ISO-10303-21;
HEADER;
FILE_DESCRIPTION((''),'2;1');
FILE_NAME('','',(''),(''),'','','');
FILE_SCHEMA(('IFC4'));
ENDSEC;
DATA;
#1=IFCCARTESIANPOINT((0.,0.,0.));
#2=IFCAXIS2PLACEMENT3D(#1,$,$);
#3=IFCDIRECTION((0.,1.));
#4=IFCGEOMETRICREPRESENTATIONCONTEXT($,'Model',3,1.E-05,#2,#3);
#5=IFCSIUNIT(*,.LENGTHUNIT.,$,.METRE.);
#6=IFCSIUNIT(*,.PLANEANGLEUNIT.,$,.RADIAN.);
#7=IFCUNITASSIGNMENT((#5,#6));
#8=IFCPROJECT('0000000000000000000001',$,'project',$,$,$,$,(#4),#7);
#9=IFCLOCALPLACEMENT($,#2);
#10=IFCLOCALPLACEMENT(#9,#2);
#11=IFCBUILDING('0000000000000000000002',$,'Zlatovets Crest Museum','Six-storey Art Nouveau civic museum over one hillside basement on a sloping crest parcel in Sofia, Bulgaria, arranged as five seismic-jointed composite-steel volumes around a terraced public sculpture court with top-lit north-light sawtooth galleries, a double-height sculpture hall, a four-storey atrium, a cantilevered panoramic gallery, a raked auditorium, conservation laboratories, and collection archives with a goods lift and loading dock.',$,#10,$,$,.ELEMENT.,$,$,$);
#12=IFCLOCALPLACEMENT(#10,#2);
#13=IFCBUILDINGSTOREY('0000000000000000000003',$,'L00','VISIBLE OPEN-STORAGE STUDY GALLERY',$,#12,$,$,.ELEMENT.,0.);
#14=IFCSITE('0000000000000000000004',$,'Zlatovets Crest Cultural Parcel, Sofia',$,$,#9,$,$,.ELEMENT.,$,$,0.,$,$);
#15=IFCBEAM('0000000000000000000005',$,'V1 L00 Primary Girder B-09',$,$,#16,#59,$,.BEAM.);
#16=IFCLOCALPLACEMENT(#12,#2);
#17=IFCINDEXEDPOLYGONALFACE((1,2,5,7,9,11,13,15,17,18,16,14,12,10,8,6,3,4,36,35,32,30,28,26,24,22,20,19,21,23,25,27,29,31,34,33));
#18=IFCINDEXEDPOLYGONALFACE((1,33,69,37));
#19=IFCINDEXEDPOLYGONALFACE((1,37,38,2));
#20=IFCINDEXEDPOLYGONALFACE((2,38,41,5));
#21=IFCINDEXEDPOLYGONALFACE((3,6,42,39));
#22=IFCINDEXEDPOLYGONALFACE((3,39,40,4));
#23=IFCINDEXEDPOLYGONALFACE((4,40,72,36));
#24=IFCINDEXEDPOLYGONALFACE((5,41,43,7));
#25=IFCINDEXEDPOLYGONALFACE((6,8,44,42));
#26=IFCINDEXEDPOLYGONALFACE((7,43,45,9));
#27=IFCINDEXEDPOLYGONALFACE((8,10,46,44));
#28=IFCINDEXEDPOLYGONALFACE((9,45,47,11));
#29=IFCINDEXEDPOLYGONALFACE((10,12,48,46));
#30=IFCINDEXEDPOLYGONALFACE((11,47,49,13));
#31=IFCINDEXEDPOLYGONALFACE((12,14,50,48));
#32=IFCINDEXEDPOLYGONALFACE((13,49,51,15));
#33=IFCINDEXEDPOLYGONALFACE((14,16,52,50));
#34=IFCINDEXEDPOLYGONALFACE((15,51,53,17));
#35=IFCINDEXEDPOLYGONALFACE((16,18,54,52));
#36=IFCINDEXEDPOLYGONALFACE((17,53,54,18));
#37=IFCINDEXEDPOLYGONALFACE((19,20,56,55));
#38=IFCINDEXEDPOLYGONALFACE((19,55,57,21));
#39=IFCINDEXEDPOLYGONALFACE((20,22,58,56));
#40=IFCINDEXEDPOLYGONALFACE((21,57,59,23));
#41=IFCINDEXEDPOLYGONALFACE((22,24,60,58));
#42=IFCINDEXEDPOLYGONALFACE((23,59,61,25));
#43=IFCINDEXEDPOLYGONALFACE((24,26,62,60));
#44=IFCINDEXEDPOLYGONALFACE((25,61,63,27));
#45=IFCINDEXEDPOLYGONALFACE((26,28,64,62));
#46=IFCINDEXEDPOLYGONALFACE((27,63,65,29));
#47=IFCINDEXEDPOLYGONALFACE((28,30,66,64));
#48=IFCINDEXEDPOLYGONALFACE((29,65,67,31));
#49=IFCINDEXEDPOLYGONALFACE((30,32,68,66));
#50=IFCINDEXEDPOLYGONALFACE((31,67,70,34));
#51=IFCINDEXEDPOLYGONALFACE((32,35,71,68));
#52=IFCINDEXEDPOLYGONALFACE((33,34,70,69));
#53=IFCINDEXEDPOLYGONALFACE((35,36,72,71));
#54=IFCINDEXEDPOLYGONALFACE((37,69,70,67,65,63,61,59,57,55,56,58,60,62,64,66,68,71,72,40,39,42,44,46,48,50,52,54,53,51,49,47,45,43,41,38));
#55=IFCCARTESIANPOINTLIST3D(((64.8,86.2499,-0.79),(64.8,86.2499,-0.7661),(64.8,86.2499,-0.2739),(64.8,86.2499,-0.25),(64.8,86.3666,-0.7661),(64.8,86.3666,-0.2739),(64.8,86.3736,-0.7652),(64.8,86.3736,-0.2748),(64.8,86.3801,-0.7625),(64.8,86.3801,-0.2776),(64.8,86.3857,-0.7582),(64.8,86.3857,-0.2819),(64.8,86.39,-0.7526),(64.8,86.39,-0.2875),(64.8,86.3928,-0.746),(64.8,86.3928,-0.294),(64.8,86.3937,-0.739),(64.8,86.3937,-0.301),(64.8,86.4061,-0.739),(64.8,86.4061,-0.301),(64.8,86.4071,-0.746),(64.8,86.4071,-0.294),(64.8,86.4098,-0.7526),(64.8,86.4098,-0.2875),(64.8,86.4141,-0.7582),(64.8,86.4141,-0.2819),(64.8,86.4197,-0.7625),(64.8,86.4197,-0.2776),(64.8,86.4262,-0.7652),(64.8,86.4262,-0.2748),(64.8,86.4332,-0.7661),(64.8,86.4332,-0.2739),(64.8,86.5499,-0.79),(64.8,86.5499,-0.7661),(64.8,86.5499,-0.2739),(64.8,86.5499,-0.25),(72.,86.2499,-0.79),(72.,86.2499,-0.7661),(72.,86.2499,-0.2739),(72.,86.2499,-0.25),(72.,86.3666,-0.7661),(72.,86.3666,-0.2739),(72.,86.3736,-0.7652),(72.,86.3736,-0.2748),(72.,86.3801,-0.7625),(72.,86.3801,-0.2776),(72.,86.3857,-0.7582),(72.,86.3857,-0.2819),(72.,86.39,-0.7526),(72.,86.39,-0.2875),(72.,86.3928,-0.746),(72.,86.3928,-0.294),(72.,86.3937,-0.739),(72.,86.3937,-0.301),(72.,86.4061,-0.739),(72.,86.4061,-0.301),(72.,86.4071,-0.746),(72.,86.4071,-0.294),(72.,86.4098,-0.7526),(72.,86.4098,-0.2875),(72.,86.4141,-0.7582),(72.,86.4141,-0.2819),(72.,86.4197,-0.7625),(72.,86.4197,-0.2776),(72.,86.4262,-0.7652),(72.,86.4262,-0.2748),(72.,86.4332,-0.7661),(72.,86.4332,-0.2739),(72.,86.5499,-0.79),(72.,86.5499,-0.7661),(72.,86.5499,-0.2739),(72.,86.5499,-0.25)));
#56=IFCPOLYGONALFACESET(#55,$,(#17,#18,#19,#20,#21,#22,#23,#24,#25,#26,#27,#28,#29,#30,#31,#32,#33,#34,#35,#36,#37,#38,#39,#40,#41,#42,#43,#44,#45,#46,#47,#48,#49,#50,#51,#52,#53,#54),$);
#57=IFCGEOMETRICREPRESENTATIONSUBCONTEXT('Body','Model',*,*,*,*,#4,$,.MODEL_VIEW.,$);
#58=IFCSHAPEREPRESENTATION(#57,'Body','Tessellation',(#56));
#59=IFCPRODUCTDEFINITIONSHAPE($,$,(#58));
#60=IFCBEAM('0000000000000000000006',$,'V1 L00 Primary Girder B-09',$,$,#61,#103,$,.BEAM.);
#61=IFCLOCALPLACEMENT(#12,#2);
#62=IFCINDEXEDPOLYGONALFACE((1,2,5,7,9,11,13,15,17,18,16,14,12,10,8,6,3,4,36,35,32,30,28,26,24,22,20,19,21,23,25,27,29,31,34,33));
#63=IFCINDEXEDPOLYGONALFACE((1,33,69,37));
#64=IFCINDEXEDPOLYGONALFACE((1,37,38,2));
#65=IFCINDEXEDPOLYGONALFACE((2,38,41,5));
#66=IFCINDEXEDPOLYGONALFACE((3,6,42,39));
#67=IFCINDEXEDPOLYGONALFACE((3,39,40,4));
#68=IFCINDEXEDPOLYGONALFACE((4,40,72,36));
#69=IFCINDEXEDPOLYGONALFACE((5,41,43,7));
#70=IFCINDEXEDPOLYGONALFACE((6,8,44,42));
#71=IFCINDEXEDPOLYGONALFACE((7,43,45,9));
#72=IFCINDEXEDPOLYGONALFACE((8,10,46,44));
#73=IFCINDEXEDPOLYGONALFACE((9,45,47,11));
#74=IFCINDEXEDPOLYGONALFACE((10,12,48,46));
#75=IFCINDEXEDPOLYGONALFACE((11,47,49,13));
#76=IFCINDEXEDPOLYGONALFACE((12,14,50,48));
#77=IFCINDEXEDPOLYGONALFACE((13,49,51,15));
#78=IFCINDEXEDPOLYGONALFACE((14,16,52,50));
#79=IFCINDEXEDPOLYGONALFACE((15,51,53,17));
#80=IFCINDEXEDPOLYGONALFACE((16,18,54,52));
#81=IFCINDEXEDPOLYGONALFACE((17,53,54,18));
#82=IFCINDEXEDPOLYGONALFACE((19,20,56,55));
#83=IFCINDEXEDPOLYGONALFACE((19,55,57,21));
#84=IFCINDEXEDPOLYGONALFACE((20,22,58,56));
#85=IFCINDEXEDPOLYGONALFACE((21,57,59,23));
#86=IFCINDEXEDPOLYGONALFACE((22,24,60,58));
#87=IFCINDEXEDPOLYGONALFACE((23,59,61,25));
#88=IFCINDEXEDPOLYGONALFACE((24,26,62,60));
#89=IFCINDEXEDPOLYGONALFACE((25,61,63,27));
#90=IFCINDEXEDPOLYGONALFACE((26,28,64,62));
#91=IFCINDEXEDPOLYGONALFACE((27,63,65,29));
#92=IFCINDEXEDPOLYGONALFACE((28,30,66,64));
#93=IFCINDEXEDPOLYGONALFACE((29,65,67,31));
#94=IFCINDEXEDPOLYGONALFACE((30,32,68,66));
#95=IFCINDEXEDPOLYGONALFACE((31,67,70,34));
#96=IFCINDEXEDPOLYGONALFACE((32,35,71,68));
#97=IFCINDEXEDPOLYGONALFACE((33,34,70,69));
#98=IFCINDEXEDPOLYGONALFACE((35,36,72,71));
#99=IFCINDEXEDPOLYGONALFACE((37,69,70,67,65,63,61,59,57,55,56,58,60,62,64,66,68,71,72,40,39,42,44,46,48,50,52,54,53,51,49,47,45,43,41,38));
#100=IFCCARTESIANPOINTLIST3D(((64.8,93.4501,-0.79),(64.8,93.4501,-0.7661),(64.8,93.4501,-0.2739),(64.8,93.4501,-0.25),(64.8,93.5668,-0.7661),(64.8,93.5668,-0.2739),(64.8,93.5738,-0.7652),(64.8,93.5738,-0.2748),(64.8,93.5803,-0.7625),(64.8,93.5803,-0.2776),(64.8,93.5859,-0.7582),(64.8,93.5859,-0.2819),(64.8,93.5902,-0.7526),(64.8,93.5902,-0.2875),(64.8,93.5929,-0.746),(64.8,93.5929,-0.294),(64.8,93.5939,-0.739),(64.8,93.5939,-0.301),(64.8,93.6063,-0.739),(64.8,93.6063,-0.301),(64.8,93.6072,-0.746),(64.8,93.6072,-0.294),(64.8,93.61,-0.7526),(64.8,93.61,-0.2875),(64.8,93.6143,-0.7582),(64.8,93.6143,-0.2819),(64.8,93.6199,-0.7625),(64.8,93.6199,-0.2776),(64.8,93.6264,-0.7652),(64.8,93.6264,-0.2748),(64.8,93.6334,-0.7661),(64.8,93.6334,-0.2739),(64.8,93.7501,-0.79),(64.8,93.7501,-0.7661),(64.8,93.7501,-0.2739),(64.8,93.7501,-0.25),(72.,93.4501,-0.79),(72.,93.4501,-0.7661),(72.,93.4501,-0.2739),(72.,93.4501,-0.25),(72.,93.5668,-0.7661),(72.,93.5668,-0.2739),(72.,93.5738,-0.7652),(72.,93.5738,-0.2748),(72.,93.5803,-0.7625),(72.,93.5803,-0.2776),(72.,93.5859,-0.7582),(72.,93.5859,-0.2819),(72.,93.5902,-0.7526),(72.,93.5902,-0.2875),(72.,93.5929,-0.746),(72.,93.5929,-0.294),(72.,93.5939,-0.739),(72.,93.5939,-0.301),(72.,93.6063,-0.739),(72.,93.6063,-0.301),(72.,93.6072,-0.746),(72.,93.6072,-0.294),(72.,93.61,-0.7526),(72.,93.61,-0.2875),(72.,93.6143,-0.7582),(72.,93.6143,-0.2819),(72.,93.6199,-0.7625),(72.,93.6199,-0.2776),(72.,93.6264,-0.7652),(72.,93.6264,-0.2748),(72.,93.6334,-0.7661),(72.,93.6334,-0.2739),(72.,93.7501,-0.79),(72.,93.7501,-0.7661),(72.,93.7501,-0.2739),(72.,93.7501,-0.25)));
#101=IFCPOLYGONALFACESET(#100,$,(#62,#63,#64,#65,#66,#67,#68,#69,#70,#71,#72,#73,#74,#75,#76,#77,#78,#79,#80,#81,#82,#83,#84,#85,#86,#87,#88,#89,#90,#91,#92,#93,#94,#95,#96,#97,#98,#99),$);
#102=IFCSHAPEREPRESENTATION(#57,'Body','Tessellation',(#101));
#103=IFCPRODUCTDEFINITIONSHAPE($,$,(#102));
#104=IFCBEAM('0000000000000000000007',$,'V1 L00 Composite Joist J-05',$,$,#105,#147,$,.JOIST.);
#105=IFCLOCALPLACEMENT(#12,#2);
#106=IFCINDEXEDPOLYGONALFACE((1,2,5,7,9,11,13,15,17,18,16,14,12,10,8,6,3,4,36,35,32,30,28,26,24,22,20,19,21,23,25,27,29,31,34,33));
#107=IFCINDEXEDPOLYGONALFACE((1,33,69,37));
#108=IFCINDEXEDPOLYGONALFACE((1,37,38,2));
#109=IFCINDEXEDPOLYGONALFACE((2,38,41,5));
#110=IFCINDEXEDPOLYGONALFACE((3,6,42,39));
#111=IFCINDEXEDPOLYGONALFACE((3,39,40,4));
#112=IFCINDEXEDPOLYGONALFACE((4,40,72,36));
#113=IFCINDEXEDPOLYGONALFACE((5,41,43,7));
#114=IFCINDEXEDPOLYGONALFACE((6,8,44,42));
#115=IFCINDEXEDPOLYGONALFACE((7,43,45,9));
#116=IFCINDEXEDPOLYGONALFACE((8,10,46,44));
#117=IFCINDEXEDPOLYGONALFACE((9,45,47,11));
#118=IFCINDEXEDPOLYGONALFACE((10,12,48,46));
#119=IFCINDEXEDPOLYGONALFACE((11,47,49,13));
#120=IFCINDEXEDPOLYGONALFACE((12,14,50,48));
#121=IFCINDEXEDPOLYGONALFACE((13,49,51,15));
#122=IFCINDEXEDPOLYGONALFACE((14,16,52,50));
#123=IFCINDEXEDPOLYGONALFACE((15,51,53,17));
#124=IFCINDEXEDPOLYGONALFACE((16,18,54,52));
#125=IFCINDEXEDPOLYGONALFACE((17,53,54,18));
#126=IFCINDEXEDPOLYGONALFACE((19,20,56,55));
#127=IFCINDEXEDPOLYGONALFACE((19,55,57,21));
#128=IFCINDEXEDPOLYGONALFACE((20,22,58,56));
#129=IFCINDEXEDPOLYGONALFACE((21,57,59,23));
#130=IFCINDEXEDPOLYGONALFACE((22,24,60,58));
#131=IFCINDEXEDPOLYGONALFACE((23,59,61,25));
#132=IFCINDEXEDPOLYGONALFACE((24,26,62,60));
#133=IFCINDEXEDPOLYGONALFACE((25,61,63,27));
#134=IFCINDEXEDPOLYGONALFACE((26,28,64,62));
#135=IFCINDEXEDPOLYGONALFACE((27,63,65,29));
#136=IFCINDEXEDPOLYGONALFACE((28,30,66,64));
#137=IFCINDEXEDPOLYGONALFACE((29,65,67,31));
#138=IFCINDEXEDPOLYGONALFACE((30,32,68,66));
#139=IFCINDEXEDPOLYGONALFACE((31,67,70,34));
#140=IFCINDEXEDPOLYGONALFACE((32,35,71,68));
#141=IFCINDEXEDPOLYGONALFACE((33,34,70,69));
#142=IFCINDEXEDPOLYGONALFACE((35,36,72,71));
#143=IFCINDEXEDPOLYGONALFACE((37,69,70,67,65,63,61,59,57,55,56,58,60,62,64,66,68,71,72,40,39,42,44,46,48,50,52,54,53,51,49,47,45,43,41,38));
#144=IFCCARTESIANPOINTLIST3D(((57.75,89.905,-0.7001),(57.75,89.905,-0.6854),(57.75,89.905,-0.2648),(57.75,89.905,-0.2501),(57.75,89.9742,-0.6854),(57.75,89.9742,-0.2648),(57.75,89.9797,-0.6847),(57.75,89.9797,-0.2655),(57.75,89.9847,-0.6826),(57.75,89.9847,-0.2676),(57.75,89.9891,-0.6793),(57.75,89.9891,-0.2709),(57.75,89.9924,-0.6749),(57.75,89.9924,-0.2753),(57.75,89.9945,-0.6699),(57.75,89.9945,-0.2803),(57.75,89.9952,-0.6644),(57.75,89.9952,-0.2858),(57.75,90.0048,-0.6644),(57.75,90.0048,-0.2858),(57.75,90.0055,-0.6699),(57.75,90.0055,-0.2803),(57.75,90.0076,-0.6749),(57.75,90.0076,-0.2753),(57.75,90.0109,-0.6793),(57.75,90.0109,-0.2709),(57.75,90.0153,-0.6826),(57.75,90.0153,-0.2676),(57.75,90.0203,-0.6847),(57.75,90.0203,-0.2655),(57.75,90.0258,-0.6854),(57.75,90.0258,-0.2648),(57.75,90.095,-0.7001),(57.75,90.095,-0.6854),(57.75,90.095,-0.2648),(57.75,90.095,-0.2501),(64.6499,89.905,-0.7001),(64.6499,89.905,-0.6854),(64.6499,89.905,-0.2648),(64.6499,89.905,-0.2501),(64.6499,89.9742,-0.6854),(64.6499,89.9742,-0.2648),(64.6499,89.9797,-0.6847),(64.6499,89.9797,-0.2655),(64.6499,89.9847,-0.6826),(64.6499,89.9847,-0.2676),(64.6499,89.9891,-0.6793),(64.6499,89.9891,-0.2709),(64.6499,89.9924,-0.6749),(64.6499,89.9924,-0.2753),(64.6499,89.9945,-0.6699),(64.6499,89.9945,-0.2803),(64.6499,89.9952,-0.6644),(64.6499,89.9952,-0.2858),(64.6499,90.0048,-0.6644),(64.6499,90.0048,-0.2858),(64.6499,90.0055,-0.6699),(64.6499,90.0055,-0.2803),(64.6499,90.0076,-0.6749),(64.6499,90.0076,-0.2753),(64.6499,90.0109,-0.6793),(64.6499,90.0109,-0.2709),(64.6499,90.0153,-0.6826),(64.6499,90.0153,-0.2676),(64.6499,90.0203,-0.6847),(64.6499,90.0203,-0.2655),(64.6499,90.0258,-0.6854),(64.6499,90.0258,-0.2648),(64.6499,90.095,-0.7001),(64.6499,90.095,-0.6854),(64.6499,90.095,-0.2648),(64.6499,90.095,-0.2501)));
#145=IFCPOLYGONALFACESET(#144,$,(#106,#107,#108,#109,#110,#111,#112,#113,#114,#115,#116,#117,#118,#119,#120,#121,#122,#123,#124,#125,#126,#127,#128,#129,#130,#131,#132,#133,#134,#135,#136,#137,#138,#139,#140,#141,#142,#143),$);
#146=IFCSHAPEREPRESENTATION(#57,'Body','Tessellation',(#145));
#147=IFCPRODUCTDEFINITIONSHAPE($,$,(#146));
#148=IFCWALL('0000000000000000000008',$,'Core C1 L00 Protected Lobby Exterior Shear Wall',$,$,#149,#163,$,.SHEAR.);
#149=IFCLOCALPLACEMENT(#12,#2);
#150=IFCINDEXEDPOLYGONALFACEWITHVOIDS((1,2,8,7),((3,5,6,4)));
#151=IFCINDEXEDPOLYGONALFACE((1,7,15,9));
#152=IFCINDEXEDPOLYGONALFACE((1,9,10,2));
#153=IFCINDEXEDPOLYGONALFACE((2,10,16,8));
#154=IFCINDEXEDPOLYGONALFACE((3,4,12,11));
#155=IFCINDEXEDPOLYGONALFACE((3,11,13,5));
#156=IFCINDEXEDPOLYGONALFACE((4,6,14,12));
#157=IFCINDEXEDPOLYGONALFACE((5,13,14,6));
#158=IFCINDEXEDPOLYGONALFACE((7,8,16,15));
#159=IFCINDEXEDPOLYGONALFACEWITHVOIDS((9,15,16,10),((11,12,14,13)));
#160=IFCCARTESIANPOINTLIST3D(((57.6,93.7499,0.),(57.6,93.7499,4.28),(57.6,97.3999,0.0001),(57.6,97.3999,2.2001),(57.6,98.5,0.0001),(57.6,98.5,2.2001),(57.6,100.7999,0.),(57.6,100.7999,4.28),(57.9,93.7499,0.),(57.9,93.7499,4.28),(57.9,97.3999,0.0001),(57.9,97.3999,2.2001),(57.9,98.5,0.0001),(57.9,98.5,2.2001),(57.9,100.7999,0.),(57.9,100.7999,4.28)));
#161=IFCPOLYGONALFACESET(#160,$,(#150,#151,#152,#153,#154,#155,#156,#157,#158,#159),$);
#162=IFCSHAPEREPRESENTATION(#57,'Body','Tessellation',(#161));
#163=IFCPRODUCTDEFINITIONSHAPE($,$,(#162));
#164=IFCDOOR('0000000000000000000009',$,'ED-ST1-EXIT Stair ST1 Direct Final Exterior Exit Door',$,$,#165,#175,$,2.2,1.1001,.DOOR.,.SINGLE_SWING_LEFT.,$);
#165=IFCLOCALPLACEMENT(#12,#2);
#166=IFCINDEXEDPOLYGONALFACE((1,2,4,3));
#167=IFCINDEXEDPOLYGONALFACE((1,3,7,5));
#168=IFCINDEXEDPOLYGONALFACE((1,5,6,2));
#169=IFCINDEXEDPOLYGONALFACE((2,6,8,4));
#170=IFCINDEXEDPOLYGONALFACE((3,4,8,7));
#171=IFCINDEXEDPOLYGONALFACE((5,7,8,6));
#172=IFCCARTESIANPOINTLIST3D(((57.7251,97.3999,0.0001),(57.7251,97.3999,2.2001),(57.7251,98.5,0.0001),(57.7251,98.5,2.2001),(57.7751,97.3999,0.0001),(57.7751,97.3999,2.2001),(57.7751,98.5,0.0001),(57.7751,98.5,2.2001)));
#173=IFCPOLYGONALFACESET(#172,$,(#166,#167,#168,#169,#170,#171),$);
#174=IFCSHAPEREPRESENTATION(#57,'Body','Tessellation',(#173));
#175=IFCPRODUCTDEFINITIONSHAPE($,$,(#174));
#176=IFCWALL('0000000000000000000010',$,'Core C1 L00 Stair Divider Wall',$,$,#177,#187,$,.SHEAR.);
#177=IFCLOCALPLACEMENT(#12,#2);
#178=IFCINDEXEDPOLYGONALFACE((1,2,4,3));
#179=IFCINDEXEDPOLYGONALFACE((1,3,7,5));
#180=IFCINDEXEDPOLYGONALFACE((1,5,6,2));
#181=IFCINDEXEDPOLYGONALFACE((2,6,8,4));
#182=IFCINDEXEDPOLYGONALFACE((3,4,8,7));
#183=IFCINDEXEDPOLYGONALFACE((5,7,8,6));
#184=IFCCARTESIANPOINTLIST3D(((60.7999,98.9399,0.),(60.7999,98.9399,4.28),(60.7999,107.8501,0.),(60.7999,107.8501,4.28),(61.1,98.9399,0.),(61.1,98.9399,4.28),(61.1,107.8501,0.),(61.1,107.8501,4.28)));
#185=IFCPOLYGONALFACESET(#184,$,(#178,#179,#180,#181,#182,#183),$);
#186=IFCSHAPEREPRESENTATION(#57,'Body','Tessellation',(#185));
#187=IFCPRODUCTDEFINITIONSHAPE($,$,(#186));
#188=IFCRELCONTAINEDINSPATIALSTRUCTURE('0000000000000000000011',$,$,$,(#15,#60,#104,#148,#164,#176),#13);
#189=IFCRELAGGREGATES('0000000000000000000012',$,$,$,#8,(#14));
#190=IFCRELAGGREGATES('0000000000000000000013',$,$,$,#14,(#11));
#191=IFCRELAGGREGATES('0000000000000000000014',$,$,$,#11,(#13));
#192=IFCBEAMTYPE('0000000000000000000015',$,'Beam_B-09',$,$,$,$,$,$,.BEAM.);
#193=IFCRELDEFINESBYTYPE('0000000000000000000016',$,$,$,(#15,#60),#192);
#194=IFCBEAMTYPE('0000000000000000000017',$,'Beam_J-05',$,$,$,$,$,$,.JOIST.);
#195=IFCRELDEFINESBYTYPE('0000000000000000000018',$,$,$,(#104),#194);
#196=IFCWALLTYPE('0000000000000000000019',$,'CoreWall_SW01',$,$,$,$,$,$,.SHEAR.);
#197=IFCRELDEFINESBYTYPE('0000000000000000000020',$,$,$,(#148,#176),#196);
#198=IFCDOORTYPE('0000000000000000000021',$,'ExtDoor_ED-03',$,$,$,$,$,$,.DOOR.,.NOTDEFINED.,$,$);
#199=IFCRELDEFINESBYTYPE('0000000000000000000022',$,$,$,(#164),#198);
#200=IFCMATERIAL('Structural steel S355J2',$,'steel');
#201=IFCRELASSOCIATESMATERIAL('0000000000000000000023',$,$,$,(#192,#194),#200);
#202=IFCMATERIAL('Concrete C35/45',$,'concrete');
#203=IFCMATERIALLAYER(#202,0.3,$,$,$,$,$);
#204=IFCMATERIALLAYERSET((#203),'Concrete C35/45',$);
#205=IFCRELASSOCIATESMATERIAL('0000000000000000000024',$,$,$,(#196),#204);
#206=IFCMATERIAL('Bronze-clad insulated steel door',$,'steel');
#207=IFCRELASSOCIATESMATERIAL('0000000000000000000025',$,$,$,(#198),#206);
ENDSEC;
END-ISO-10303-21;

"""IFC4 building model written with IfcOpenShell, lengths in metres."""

from ifc_helpers import new_model, si_unit, direction, frame, frame_2d, origin, origin_2d, place, context, subcontext, project, spatial, rectangle, i_section, extrude, material, layer, layer_set, material_profile, profile_set, type_object, element, fill, save


model = new_model("IFC4")

# Units and contexts
model_context = context("Model", 3, precision=1e-05, world=origin(), true_north=direction((0.0, 1.0)))
body_context = subcontext(model_context, "Body", "Model", "MODEL_VIEW")
ifc_project = project(units=[si_unit("LENGTHUNIT", "METRE"), si_unit("PLANEANGLEUNIT", "RADIAN")], contexts=[model_context])

# Site, building, storey
site_placement = place(None, origin())
site = spatial("IfcSite", under=ifc_project, at=site_placement, Name="Zlatovets Crest Cultural Parcel, Sofia", CompositionType="ELEMENT", RefElevation=0.0)
building_placement = place(site_placement, origin())
building = spatial("IfcBuilding", under=site, at=building_placement, Name="Zlatovets Crest Museum", Description="Six-storey Art Nouveau civic museum over one hillside basement on a sloping crest parcel in Sofia, Bulgaria, arranged as five seismic-jointed composite-steel volumes around a terraced public sculpture court with top-lit north-light sawtooth galleries, a double-height sculpture hall, a four-storey atrium, a cantilevered panoramic gallery, a raked auditorium, conservation laboratories, and collection archives with a goods lift and loading dock.", CompositionType="ELEMENT")
storey_placement = place(building_placement, origin())
storey = spatial("IfcBuildingStorey", under=building, at=storey_placement, Name="L00", Description="VISIBLE OPEN-STORAGE STUDY GALLERY", CompositionType="ELEMENT", Elevation=0.0)

# Shared definitions
ifc_material_1 = material(Name="Structural steel S355J2", Category="steel")

# Beams
ifc_material_profile_1 = material_profile(ifc_material_1, i_section(OverallWidth=0.3, OverallDepth=0.54, WebThickness=0.0125, FlangeThickness=0.0239, FilletRadius=0.0271, at=origin_2d()), Name="HEA 550")
ifc_profile_set_1 = profile_set([ifc_material_profile_1], Name="Structural steel S355J2")
beam_type_1 = type_object("IfcBeamType", Name="Beam_B-09", PredefinedType="BEAM", material=ifc_profile_set_1)
for number, where, z_axis, x_axis, name in (
    (1, (64.8, 86.3999, -0.52), (1.0, 0.0, 0.0), (0.0, 1.0, 0.0), "V1 L00 Primary Girder B-09"),
    (2, (64.8, 93.6001, -0.52), (1.0, 0.0, 0.0), (0.0, 1.0, 0.0), "V1 L00 Primary Girder B-09"),
):
    element("IfcBeam", number, at=place(storey_placement, frame(where, z_axis=z_axis, x_axis=x_axis)), inside=storey, type_object=beam_type_1, Name=name, PredefinedType="BEAM", context=body_context, shape_type="SweptSolid", body=[
        extrude(i_section(OverallWidth=0.3, OverallDepth=0.54, WebThickness=0.0125, FlangeThickness=0.0239, FilletRadius=0.0271, at=origin_2d()), origin(), (0.0, 0.0, 1.0), 7.2),
    ])
ifc_material_profile_2 = material_profile(ifc_material_1, i_section(OverallWidth=0.1899, OverallDepth=0.45, WebThickness=0.0095, FlangeThickness=0.0146, FilletRadius=0.021, at=origin_2d()), Name="IPE 450")
ifc_profile_set_2 = profile_set([ifc_material_profile_2], Name="Structural steel S355J2")
beam_type_2 = type_object("IfcBeamType", Name="Beam_J-05", PredefinedType="JOIST", material=ifc_profile_set_2)
beam_1_placement = place(storey_placement, frame((57.75, 90.0, -0.4751), z_axis=(1.0, 0.0, 0.0), x_axis=(0.0, 1.0, 0.0)))
element("IfcBeam", 3, at=beam_1_placement, inside=storey, type_object=beam_type_2, Name="V1 L00 Composite Joist J-05", PredefinedType="JOIST", context=body_context, shape_type="SweptSolid", body=[
    extrude(i_section(OverallWidth=0.1899, OverallDepth=0.45, WebThickness=0.0095, FlangeThickness=0.0146, FilletRadius=0.021, at=origin_2d()), origin(), (0.0, 0.0, 1.0), 6.8999),
])

# Wall, opening, door
ifc_material_2 = material(Name="Concrete C35/45", Category="concrete")
ifc_layer_1 = layer(ifc_material_2, 0.3)
ifc_layer_set_1 = layer_set([ifc_layer_1], Name="Concrete C35/45")
wall_type_1 = type_object("IfcWallType", Name="CoreWall_SW01", PredefinedType="SHEAR", material=ifc_layer_set_1)
wall_1_placement = place(storey_placement, frame((57.75, 93.75, 0.0), z_axis=(0.0, 0.0, 1.0), x_axis=(0.0, 1.0, 0.0)))
wall_1 = element("IfcWall", 4, at=wall_1_placement, inside=storey, type_object=wall_type_1, Name="Core C1 L00 Protected Lobby Exterior Shear Wall", PredefinedType="SHEAR", context=body_context, shape_type="SweptSolid", body=[
    extrude(rectangle(XDim=7.05, YDim=0.3, at=frame_2d((3.5249, 0.0))), origin(), (0.0, 0.0, 1.0), 4.28),
])
opening_1_placement = place(wall_1_placement, frame((3.6499, 0.0, 0.0)))
opening_1 = element("IfcOpeningElement", 5, at=opening_1_placement, cuts=wall_1, PredefinedType="OPENING", context=body_context, shape_type="SweptSolid", body=[
    extrude(rectangle(XDim=1.1001, YDim=2.2, at=frame_2d((0.55, 1.1001))), frame((0.0, 0.1602, 0.0), z_axis=(0.0, -1.0, 0.0), x_axis=(1.0, 0.0, 0.0)), (0.0, 0.0, 1.0), 0.3201),
])
ifc_material_3 = material(Name="Bronze-clad insulated steel door", Category="steel")
door_type_1 = type_object("IfcDoorType", Name="ExtDoor_ED-03", OperationType="NOTDEFINED", PredefinedType="DOOR", material=ifc_material_3)
door_1_placement = place(opening_1_placement, origin())
door_1 = element("IfcDoor", 6, at=door_1_placement, inside=storey, type_object=door_type_1, Name="ED-ST1-EXIT Stair ST1 Direct Final Exterior Exit Door", OperationType="SINGLE_SWING_LEFT", OverallHeight=2.2, OverallWidth=1.1001, PredefinedType="DOOR", context=body_context, shape_type="SweptSolid", body=[
    extrude(rectangle(XDim=1.1001, YDim=2.2, at=frame_2d((0.55, 1.1001))), frame((0.0, 0.0249, 0.0), z_axis=(0.0, -1.0, 0.0), x_axis=(1.0, 0.0, 0.0)), (0.0, 0.0, 1.0), 0.05),
])
fill(opening_1, door_1)

# Wall
wall_2_placement = place(storey_placement, frame((60.95, 98.9399, 0.0), z_axis=(0.0, 0.0, 1.0), x_axis=(0.0, 1.0, 0.0)))
element("IfcWall", 7, at=wall_2_placement, inside=storey, type_object=wall_type_1, Name="Core C1 L00 Stair Divider Wall", PredefinedType="SHEAR", context=body_context, shape_type="SweptSolid", body=[
    extrude(rectangle(XDim=8.9102, YDim=0.3, at=frame_2d((4.4551, 0.0))), origin(), (0.0, 0.0, 1.0), 4.28),
])

save(model, "model.ifc")
